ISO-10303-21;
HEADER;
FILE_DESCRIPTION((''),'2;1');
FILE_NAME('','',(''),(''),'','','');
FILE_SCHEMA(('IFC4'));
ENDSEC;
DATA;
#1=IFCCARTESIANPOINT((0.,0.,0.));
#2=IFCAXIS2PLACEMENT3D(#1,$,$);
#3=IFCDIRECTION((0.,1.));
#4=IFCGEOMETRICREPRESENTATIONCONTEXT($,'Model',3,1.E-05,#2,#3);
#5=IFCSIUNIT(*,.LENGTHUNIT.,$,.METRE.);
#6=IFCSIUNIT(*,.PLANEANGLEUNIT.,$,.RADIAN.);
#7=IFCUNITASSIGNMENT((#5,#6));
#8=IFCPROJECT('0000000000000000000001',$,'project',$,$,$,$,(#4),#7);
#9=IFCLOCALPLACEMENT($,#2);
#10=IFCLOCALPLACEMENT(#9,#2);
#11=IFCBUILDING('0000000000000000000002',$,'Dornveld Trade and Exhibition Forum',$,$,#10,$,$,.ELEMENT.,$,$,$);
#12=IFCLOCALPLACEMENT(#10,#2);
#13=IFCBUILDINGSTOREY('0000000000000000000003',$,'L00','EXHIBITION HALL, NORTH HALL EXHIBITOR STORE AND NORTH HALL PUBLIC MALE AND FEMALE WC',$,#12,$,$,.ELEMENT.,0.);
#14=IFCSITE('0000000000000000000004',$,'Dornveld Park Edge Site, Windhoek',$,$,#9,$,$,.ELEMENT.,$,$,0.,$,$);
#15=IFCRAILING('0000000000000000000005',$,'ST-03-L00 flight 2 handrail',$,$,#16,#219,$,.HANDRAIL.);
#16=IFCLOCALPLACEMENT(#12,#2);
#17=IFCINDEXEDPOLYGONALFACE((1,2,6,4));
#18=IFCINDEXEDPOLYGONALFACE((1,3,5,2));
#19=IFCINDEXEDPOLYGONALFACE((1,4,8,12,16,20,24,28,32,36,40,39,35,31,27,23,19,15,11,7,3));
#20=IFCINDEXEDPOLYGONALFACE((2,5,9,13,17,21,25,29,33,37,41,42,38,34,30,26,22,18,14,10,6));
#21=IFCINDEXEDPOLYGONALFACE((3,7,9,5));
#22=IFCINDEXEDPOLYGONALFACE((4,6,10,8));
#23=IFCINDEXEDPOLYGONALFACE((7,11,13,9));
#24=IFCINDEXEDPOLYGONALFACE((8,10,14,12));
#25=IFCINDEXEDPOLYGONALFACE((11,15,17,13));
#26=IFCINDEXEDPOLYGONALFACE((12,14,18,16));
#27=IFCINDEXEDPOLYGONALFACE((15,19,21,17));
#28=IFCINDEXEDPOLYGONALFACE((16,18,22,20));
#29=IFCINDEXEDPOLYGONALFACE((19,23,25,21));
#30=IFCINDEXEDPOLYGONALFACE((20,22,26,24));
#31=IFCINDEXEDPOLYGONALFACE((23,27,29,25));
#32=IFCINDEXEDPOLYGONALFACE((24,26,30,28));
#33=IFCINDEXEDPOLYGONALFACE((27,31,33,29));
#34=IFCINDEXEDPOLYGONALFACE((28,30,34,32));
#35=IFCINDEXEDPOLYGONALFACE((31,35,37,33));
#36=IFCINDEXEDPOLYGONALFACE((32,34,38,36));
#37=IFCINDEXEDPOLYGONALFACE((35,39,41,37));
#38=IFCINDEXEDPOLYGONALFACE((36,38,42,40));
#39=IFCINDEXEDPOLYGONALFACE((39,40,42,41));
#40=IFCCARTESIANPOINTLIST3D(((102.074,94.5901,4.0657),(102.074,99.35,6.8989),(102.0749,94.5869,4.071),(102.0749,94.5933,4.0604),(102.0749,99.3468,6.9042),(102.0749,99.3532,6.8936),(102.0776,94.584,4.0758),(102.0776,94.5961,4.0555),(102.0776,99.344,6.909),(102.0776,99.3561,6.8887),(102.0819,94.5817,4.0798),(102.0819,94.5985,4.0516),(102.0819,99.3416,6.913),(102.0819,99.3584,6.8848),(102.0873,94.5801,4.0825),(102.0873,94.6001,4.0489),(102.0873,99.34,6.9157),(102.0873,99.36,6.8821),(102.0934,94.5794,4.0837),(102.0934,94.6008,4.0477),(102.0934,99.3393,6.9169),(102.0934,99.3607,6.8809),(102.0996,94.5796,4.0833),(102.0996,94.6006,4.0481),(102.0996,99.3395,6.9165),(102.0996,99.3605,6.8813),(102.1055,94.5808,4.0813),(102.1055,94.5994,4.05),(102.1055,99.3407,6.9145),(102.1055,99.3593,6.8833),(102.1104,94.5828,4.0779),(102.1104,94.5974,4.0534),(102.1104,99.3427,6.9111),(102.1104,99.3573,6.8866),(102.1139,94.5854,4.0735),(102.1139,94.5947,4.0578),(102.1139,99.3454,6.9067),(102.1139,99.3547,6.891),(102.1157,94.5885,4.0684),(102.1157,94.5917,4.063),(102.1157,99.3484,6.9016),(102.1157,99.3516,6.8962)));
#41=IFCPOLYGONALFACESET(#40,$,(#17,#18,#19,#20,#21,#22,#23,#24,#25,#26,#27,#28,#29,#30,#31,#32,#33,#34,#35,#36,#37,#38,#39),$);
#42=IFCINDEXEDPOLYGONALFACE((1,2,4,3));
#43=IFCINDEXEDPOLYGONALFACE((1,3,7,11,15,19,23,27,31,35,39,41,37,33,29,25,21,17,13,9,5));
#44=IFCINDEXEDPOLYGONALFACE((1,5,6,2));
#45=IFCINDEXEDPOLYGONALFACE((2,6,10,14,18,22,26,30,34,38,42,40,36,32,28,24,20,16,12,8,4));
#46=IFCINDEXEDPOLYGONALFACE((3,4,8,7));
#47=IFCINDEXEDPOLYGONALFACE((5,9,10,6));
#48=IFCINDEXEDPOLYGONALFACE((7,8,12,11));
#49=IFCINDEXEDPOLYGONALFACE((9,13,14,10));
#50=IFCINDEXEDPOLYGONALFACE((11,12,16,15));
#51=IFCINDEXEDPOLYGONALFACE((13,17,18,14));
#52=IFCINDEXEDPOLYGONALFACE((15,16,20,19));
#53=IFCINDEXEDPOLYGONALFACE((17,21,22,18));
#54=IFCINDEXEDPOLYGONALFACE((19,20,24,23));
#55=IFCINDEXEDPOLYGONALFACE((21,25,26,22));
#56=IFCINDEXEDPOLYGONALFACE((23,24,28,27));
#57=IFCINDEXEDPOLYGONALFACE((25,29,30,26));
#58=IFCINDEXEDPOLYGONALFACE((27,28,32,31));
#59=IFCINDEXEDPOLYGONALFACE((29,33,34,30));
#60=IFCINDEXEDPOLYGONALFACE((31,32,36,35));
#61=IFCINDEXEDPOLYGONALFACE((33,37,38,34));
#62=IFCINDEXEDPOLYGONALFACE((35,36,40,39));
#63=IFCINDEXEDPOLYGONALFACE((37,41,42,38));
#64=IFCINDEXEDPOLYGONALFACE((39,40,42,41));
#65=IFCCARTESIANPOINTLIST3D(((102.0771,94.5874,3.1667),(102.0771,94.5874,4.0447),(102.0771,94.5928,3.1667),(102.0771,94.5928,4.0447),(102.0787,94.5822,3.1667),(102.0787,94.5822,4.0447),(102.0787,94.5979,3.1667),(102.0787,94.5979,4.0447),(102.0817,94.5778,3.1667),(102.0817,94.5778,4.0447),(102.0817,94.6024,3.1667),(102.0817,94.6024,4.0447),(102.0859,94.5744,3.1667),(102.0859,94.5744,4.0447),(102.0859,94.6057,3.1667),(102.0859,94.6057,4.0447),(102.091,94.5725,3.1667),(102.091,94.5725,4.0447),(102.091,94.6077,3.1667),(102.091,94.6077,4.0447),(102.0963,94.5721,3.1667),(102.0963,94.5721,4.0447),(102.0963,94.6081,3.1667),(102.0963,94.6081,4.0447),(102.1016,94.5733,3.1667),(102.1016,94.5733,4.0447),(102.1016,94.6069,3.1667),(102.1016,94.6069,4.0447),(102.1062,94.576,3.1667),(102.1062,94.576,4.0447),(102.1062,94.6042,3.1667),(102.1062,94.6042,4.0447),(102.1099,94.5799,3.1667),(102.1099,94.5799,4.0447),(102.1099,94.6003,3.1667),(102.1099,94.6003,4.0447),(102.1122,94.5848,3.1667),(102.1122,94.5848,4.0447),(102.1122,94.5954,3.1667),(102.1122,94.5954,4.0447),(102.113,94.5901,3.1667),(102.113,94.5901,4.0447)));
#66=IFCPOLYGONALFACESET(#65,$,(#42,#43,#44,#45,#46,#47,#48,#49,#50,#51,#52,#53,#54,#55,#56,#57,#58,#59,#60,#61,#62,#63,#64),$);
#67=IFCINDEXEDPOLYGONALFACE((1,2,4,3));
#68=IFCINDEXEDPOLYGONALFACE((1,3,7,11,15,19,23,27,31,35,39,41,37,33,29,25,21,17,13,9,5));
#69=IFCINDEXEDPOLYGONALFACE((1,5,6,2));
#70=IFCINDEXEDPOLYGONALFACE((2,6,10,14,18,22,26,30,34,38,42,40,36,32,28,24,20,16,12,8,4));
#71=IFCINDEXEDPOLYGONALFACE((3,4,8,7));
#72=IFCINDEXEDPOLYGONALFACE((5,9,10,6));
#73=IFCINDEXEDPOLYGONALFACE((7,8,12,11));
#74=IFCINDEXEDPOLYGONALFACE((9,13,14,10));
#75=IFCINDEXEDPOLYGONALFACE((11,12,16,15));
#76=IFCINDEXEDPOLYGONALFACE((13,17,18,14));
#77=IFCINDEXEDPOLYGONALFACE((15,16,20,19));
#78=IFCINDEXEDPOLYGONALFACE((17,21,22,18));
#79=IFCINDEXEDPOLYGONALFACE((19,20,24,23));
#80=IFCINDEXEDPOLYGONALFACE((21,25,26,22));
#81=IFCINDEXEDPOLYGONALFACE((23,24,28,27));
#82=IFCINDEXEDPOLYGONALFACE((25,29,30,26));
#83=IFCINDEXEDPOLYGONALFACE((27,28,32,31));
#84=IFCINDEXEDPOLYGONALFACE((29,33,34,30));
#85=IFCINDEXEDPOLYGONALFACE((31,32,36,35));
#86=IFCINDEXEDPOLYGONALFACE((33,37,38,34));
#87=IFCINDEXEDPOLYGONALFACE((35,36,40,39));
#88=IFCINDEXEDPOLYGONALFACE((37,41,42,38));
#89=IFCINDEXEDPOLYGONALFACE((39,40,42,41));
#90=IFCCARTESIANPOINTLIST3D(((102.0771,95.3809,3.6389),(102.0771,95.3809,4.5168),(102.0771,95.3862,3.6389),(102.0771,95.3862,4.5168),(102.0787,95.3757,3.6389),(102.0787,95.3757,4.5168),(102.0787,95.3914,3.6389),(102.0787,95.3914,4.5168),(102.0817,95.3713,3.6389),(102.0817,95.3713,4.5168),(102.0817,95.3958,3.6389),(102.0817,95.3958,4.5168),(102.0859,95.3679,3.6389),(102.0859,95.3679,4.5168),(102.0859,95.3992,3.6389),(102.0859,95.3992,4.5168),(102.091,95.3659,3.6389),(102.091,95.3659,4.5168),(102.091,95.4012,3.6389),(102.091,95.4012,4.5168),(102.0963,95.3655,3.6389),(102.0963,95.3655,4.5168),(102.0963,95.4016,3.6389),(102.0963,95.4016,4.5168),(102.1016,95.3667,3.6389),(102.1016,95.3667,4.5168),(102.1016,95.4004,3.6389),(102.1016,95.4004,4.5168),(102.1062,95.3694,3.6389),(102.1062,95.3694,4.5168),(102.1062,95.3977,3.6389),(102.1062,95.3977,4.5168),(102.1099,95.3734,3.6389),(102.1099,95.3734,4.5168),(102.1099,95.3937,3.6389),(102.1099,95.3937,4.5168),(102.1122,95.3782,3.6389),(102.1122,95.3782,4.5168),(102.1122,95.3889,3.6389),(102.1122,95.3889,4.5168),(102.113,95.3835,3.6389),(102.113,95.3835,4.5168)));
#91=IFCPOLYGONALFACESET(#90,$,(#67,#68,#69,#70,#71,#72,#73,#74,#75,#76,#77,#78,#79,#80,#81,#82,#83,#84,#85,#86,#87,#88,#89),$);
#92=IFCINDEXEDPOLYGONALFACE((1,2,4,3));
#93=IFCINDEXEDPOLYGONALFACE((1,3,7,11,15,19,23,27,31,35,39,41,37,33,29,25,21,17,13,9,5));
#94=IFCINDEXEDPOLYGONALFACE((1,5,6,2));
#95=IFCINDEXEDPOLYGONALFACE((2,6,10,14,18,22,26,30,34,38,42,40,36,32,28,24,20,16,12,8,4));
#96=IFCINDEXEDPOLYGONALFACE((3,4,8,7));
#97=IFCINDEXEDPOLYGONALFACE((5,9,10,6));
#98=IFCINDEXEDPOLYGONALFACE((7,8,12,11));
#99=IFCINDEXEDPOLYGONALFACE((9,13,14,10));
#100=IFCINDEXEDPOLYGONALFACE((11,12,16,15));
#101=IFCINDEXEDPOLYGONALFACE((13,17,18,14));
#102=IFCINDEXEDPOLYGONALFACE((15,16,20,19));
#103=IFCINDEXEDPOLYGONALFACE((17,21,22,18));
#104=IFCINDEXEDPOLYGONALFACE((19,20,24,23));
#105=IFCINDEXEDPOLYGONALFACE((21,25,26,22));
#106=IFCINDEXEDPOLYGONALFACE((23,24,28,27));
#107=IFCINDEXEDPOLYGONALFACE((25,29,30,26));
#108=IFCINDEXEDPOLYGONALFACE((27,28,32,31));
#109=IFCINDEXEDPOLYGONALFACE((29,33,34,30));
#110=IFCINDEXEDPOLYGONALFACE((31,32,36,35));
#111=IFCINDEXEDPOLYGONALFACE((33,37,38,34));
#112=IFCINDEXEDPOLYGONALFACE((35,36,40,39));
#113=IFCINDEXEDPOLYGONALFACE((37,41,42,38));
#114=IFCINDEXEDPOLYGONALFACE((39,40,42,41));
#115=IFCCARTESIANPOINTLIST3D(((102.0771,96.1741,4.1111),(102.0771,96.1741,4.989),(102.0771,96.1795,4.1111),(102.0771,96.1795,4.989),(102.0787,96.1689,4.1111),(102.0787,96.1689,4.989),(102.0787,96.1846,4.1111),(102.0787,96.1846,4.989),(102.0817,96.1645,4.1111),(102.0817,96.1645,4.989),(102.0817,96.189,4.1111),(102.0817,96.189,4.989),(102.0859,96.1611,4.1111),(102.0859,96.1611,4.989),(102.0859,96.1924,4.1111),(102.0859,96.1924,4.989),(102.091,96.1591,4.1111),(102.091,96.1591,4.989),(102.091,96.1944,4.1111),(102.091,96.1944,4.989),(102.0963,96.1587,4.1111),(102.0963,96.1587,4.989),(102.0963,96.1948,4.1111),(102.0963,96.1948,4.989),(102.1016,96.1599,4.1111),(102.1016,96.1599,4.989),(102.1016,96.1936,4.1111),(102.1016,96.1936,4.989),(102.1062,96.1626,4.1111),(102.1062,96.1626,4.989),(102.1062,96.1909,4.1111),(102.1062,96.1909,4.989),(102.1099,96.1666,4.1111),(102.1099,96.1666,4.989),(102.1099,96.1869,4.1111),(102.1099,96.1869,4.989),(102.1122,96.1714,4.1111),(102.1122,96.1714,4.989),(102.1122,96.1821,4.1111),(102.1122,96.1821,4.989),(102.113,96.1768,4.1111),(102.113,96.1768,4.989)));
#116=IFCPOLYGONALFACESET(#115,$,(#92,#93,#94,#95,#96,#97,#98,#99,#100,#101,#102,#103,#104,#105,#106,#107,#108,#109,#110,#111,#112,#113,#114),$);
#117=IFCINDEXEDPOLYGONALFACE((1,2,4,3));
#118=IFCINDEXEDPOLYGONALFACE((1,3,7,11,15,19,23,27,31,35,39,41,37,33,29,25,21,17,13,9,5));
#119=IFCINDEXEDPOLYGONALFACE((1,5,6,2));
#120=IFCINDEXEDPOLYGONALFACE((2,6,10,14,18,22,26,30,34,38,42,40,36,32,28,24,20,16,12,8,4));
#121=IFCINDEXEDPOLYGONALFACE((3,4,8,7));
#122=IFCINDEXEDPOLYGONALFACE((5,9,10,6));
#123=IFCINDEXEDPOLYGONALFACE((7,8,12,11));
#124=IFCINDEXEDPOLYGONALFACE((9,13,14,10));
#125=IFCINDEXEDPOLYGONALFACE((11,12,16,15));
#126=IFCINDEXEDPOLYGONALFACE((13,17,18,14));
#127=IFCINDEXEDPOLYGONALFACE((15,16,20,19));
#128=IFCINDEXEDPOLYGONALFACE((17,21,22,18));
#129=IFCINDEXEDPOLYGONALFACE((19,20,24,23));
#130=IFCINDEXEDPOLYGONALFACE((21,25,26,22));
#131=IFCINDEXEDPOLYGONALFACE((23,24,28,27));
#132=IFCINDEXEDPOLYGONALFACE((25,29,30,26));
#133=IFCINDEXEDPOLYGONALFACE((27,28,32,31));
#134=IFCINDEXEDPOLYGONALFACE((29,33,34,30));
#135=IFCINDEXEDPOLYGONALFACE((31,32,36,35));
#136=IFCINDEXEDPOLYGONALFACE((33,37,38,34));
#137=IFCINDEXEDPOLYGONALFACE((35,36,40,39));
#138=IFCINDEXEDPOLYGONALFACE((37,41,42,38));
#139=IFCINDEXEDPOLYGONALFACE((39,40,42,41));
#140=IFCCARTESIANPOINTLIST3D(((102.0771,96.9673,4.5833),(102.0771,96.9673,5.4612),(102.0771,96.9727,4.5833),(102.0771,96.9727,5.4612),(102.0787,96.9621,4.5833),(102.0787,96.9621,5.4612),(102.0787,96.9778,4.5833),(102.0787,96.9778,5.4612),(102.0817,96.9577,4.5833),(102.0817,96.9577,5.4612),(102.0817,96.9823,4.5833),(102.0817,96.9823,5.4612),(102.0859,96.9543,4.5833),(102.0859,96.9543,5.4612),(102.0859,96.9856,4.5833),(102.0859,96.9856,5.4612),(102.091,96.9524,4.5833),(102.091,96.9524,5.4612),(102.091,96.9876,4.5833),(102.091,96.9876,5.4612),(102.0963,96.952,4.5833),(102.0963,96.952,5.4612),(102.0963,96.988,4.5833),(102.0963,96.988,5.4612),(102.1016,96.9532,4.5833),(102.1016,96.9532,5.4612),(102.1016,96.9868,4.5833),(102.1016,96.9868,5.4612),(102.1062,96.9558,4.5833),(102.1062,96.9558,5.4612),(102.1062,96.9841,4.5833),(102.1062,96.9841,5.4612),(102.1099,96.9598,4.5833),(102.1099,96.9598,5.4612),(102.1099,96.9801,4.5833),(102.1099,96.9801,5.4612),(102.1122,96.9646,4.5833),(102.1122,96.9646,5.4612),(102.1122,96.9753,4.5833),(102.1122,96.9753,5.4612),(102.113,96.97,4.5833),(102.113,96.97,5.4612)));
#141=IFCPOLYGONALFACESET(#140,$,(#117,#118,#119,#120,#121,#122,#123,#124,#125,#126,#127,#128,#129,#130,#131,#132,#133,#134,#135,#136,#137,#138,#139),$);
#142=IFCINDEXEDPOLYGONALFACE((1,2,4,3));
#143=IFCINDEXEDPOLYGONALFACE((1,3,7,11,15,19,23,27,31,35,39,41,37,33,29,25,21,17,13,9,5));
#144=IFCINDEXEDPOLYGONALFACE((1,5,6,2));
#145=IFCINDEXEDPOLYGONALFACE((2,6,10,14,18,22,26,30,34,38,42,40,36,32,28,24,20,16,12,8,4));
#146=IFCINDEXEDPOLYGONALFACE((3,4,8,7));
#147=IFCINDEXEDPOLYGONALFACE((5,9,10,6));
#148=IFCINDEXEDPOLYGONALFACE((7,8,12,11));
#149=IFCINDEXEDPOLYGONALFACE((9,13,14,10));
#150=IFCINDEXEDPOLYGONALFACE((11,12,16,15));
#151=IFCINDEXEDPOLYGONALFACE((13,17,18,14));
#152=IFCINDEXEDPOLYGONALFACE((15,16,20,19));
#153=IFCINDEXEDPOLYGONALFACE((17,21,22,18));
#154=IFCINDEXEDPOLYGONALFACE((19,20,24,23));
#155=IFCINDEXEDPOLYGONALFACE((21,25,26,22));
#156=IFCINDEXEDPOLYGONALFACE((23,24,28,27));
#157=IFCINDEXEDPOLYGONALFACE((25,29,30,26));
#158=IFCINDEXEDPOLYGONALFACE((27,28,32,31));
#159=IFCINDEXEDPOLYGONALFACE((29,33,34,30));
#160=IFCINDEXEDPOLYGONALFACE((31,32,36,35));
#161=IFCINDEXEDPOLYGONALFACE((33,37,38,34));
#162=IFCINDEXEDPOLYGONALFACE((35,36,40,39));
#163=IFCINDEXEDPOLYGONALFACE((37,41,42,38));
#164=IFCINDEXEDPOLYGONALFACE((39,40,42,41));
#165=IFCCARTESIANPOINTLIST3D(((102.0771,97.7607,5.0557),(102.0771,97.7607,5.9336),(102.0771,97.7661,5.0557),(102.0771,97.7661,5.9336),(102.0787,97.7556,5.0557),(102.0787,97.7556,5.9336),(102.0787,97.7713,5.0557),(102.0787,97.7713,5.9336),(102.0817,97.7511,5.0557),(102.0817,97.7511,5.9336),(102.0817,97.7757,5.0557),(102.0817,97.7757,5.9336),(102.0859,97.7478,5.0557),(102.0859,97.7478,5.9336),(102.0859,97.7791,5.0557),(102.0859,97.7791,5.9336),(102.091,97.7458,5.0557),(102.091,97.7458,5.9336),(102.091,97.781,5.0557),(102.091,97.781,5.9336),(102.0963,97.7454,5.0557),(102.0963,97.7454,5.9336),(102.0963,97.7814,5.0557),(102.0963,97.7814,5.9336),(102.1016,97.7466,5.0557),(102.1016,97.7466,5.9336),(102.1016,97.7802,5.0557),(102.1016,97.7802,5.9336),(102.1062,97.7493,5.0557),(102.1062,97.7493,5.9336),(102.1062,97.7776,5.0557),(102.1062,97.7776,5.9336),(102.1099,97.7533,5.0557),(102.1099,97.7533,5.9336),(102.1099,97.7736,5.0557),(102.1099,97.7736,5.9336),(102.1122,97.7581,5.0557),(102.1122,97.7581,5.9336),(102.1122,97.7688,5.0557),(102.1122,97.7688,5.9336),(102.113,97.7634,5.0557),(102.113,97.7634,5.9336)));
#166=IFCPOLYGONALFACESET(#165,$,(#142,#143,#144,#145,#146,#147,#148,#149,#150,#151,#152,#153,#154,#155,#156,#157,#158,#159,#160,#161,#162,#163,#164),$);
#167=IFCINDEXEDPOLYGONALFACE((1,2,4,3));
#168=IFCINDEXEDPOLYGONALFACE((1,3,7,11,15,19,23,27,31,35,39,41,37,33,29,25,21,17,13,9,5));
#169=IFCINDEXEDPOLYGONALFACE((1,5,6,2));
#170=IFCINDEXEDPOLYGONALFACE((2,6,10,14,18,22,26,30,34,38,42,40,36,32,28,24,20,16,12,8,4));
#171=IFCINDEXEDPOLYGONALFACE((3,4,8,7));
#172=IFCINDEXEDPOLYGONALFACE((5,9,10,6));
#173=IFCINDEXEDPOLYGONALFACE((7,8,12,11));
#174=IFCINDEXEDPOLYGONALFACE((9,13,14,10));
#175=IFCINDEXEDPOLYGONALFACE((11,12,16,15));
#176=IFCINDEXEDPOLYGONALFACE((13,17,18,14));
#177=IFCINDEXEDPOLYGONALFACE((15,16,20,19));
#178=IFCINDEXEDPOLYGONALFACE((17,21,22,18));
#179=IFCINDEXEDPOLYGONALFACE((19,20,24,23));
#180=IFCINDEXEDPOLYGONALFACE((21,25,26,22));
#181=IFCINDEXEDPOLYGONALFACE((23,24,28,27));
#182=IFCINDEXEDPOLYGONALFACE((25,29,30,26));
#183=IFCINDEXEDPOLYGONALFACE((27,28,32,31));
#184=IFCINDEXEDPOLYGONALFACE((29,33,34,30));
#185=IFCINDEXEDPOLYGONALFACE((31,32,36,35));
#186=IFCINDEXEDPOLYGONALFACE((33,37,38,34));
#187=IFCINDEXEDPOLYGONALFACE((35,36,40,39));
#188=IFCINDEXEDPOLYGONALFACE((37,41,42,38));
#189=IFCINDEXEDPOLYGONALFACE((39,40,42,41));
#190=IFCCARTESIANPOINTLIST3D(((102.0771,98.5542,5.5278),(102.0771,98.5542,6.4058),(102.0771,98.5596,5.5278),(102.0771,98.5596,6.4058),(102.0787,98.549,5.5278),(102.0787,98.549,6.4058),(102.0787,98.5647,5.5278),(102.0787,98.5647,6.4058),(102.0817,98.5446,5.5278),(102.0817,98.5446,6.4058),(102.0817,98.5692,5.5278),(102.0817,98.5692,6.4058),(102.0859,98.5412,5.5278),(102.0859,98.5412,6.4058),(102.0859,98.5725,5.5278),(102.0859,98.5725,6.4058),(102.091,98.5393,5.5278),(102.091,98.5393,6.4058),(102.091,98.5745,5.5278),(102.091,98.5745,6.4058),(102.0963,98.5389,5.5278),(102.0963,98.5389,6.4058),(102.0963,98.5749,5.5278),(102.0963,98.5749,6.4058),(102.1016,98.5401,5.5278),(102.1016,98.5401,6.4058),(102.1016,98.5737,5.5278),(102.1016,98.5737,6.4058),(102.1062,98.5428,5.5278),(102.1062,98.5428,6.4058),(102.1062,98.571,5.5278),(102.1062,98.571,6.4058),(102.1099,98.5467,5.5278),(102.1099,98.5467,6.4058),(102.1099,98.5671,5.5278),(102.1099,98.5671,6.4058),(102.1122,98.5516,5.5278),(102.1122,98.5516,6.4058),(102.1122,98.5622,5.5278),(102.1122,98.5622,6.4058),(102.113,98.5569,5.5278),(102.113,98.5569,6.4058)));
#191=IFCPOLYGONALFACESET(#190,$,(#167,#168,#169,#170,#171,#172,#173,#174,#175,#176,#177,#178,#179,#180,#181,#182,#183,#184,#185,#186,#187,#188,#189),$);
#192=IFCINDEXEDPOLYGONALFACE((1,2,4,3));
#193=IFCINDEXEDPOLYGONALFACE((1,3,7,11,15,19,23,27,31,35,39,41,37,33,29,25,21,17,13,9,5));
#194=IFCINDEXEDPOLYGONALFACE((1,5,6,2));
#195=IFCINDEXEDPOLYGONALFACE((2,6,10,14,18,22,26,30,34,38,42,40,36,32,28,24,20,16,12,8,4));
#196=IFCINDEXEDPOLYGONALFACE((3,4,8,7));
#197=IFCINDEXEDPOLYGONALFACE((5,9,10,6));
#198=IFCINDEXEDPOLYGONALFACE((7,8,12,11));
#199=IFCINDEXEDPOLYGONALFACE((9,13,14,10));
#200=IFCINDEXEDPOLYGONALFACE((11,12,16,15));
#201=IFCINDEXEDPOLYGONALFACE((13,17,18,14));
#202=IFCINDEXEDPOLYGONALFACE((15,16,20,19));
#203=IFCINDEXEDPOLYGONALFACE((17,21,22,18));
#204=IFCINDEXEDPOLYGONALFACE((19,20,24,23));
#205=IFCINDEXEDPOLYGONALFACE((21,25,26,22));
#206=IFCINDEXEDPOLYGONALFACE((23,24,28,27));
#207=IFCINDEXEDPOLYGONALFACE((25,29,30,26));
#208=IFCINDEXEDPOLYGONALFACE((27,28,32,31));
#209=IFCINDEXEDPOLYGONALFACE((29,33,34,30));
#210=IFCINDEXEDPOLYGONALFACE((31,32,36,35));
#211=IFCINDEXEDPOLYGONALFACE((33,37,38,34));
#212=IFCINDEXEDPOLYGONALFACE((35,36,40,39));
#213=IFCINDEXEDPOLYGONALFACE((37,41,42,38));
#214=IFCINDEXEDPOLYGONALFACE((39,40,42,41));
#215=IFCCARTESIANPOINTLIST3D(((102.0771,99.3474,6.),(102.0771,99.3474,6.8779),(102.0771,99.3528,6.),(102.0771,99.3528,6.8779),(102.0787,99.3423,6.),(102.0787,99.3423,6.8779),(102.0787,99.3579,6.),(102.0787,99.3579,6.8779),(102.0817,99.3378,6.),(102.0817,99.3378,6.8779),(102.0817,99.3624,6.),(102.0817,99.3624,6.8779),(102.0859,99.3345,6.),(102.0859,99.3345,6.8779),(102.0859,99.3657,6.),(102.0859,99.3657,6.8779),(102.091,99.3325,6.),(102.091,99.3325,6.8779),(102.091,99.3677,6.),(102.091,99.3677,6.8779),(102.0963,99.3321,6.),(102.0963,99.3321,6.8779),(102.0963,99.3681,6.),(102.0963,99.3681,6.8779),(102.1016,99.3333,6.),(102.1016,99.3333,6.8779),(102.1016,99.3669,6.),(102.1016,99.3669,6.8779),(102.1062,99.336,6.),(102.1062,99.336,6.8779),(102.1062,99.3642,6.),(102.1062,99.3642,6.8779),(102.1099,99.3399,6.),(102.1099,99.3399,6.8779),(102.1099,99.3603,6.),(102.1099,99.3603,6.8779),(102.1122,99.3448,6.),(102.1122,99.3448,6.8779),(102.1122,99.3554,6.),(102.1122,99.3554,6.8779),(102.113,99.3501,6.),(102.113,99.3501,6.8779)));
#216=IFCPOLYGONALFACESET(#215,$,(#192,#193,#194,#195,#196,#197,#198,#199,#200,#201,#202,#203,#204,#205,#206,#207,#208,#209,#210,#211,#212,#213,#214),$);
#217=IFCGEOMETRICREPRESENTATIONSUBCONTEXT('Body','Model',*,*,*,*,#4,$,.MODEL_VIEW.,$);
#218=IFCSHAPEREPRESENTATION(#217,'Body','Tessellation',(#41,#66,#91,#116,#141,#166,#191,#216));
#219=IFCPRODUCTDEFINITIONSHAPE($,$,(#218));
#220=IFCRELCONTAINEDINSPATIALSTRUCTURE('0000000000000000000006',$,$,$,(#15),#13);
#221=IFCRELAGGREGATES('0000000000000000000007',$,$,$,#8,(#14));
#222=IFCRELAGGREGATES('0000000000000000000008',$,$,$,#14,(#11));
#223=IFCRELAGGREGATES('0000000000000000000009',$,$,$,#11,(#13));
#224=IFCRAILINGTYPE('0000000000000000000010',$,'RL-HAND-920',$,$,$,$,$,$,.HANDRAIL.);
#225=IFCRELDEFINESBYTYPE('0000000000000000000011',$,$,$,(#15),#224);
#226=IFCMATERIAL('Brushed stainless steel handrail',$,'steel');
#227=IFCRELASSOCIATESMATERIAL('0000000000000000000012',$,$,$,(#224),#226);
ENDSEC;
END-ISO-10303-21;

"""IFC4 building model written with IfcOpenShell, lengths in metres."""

from ifc_helpers import new_model, si_unit, direction, frame, origin, origin_2d, place, context, subcontext, project, spatial, circle, extrude, material, type_object, element, save


model = new_model("IFC4")

# Units and contexts
model_context = context("Model", 3, precision=1e-05, world=origin(), true_north=direction((0.0, 1.0)))
body_context = subcontext(model_context, "Body", "Model", "MODEL_VIEW")
ifc_project = project(units=[si_unit("LENGTHUNIT", "METRE"), si_unit("PLANEANGLEUNIT", "RADIAN")], contexts=[model_context])

# Site, building, storey
site_placement = place(None, origin())
site = spatial("IfcSite", under=ifc_project, at=site_placement, Name="Dornveld Park Edge Site, Windhoek", CompositionType="ELEMENT", RefElevation=0.0)
building_placement = place(site_placement, origin())
building = spatial("IfcBuilding", under=site, at=building_placement, Name="Dornveld Trade and Exhibition Forum", CompositionType="ELEMENT")
storey_placement = place(building_placement, origin())
storey = spatial("IfcBuildingStorey", under=building, at=storey_placement, Name="L00", Description="EXHIBITION HALL, NORTH HALL EXHIBITOR STORE AND NORTH HALL PUBLIC MALE AND FEMALE WC", CompositionType="ELEMENT", Elevation=0.0)

# Railing
ifc_material_1 = material(Name="Brushed stainless steel handrail", Category="steel")
railing_type_1 = type_object("IfcRailingType", Name="RL-HAND-920", PredefinedType="HANDRAIL", material=ifc_material_1)
railing_1_placement = place(storey_placement, frame((102.095, 94.5901, 3.1667)))
element("IfcRailing", 1, at=railing_1_placement, inside=storey, type_object=railing_type_1, Name="ST-03-L00 flight 2 handrail", PredefinedType="HANDRAIL", context=body_context, shape_type="SweptSolid", body=[
    extrude(circle(Radius=0.021, at=origin_2d()), frame((0.0, 0.0, 0.8989), z_axis=(0.0, 0.8593, 0.511472), x_axis=(-1.0, 0.0, 0.0)), (0.0, 0.0, 1.0), 5.5393),
    extrude(circle(Radius=0.0181, at=origin_2d()), origin(), (0.0, 0.0, 1.0), 0.8779),
    extrude(circle(Radius=0.0181, at=origin_2d()), frame((0.0, 0.7935, 0.4722)), (0.0, 0.0, 1.0), 0.8779),
    extrude(circle(Radius=0.0181, at=origin_2d()), frame((0.0, 1.5867, 0.9443)), (0.0, 0.0, 1.0), 0.8779),
    extrude(circle(Radius=0.0181, at=origin_2d()), frame((0.0, 2.3799, 1.4165)), (0.0, 0.0, 1.0), 0.8779),
    extrude(circle(Radius=0.0181, at=origin_2d()), frame((0.0, 3.1733, 1.8889)), (0.0, 0.0, 1.0), 0.8779),
    extrude(circle(Radius=0.0181, at=origin_2d()), frame((0.0, 3.9668, 2.3611)), (0.0, 0.0, 1.0), 0.8779),
    extrude(circle(Radius=0.0181, at=origin_2d()), frame((0.0, 4.76, 2.8333)), (0.0, 0.0, 1.0), 0.8779),
])

save(model, "model.ifc")
